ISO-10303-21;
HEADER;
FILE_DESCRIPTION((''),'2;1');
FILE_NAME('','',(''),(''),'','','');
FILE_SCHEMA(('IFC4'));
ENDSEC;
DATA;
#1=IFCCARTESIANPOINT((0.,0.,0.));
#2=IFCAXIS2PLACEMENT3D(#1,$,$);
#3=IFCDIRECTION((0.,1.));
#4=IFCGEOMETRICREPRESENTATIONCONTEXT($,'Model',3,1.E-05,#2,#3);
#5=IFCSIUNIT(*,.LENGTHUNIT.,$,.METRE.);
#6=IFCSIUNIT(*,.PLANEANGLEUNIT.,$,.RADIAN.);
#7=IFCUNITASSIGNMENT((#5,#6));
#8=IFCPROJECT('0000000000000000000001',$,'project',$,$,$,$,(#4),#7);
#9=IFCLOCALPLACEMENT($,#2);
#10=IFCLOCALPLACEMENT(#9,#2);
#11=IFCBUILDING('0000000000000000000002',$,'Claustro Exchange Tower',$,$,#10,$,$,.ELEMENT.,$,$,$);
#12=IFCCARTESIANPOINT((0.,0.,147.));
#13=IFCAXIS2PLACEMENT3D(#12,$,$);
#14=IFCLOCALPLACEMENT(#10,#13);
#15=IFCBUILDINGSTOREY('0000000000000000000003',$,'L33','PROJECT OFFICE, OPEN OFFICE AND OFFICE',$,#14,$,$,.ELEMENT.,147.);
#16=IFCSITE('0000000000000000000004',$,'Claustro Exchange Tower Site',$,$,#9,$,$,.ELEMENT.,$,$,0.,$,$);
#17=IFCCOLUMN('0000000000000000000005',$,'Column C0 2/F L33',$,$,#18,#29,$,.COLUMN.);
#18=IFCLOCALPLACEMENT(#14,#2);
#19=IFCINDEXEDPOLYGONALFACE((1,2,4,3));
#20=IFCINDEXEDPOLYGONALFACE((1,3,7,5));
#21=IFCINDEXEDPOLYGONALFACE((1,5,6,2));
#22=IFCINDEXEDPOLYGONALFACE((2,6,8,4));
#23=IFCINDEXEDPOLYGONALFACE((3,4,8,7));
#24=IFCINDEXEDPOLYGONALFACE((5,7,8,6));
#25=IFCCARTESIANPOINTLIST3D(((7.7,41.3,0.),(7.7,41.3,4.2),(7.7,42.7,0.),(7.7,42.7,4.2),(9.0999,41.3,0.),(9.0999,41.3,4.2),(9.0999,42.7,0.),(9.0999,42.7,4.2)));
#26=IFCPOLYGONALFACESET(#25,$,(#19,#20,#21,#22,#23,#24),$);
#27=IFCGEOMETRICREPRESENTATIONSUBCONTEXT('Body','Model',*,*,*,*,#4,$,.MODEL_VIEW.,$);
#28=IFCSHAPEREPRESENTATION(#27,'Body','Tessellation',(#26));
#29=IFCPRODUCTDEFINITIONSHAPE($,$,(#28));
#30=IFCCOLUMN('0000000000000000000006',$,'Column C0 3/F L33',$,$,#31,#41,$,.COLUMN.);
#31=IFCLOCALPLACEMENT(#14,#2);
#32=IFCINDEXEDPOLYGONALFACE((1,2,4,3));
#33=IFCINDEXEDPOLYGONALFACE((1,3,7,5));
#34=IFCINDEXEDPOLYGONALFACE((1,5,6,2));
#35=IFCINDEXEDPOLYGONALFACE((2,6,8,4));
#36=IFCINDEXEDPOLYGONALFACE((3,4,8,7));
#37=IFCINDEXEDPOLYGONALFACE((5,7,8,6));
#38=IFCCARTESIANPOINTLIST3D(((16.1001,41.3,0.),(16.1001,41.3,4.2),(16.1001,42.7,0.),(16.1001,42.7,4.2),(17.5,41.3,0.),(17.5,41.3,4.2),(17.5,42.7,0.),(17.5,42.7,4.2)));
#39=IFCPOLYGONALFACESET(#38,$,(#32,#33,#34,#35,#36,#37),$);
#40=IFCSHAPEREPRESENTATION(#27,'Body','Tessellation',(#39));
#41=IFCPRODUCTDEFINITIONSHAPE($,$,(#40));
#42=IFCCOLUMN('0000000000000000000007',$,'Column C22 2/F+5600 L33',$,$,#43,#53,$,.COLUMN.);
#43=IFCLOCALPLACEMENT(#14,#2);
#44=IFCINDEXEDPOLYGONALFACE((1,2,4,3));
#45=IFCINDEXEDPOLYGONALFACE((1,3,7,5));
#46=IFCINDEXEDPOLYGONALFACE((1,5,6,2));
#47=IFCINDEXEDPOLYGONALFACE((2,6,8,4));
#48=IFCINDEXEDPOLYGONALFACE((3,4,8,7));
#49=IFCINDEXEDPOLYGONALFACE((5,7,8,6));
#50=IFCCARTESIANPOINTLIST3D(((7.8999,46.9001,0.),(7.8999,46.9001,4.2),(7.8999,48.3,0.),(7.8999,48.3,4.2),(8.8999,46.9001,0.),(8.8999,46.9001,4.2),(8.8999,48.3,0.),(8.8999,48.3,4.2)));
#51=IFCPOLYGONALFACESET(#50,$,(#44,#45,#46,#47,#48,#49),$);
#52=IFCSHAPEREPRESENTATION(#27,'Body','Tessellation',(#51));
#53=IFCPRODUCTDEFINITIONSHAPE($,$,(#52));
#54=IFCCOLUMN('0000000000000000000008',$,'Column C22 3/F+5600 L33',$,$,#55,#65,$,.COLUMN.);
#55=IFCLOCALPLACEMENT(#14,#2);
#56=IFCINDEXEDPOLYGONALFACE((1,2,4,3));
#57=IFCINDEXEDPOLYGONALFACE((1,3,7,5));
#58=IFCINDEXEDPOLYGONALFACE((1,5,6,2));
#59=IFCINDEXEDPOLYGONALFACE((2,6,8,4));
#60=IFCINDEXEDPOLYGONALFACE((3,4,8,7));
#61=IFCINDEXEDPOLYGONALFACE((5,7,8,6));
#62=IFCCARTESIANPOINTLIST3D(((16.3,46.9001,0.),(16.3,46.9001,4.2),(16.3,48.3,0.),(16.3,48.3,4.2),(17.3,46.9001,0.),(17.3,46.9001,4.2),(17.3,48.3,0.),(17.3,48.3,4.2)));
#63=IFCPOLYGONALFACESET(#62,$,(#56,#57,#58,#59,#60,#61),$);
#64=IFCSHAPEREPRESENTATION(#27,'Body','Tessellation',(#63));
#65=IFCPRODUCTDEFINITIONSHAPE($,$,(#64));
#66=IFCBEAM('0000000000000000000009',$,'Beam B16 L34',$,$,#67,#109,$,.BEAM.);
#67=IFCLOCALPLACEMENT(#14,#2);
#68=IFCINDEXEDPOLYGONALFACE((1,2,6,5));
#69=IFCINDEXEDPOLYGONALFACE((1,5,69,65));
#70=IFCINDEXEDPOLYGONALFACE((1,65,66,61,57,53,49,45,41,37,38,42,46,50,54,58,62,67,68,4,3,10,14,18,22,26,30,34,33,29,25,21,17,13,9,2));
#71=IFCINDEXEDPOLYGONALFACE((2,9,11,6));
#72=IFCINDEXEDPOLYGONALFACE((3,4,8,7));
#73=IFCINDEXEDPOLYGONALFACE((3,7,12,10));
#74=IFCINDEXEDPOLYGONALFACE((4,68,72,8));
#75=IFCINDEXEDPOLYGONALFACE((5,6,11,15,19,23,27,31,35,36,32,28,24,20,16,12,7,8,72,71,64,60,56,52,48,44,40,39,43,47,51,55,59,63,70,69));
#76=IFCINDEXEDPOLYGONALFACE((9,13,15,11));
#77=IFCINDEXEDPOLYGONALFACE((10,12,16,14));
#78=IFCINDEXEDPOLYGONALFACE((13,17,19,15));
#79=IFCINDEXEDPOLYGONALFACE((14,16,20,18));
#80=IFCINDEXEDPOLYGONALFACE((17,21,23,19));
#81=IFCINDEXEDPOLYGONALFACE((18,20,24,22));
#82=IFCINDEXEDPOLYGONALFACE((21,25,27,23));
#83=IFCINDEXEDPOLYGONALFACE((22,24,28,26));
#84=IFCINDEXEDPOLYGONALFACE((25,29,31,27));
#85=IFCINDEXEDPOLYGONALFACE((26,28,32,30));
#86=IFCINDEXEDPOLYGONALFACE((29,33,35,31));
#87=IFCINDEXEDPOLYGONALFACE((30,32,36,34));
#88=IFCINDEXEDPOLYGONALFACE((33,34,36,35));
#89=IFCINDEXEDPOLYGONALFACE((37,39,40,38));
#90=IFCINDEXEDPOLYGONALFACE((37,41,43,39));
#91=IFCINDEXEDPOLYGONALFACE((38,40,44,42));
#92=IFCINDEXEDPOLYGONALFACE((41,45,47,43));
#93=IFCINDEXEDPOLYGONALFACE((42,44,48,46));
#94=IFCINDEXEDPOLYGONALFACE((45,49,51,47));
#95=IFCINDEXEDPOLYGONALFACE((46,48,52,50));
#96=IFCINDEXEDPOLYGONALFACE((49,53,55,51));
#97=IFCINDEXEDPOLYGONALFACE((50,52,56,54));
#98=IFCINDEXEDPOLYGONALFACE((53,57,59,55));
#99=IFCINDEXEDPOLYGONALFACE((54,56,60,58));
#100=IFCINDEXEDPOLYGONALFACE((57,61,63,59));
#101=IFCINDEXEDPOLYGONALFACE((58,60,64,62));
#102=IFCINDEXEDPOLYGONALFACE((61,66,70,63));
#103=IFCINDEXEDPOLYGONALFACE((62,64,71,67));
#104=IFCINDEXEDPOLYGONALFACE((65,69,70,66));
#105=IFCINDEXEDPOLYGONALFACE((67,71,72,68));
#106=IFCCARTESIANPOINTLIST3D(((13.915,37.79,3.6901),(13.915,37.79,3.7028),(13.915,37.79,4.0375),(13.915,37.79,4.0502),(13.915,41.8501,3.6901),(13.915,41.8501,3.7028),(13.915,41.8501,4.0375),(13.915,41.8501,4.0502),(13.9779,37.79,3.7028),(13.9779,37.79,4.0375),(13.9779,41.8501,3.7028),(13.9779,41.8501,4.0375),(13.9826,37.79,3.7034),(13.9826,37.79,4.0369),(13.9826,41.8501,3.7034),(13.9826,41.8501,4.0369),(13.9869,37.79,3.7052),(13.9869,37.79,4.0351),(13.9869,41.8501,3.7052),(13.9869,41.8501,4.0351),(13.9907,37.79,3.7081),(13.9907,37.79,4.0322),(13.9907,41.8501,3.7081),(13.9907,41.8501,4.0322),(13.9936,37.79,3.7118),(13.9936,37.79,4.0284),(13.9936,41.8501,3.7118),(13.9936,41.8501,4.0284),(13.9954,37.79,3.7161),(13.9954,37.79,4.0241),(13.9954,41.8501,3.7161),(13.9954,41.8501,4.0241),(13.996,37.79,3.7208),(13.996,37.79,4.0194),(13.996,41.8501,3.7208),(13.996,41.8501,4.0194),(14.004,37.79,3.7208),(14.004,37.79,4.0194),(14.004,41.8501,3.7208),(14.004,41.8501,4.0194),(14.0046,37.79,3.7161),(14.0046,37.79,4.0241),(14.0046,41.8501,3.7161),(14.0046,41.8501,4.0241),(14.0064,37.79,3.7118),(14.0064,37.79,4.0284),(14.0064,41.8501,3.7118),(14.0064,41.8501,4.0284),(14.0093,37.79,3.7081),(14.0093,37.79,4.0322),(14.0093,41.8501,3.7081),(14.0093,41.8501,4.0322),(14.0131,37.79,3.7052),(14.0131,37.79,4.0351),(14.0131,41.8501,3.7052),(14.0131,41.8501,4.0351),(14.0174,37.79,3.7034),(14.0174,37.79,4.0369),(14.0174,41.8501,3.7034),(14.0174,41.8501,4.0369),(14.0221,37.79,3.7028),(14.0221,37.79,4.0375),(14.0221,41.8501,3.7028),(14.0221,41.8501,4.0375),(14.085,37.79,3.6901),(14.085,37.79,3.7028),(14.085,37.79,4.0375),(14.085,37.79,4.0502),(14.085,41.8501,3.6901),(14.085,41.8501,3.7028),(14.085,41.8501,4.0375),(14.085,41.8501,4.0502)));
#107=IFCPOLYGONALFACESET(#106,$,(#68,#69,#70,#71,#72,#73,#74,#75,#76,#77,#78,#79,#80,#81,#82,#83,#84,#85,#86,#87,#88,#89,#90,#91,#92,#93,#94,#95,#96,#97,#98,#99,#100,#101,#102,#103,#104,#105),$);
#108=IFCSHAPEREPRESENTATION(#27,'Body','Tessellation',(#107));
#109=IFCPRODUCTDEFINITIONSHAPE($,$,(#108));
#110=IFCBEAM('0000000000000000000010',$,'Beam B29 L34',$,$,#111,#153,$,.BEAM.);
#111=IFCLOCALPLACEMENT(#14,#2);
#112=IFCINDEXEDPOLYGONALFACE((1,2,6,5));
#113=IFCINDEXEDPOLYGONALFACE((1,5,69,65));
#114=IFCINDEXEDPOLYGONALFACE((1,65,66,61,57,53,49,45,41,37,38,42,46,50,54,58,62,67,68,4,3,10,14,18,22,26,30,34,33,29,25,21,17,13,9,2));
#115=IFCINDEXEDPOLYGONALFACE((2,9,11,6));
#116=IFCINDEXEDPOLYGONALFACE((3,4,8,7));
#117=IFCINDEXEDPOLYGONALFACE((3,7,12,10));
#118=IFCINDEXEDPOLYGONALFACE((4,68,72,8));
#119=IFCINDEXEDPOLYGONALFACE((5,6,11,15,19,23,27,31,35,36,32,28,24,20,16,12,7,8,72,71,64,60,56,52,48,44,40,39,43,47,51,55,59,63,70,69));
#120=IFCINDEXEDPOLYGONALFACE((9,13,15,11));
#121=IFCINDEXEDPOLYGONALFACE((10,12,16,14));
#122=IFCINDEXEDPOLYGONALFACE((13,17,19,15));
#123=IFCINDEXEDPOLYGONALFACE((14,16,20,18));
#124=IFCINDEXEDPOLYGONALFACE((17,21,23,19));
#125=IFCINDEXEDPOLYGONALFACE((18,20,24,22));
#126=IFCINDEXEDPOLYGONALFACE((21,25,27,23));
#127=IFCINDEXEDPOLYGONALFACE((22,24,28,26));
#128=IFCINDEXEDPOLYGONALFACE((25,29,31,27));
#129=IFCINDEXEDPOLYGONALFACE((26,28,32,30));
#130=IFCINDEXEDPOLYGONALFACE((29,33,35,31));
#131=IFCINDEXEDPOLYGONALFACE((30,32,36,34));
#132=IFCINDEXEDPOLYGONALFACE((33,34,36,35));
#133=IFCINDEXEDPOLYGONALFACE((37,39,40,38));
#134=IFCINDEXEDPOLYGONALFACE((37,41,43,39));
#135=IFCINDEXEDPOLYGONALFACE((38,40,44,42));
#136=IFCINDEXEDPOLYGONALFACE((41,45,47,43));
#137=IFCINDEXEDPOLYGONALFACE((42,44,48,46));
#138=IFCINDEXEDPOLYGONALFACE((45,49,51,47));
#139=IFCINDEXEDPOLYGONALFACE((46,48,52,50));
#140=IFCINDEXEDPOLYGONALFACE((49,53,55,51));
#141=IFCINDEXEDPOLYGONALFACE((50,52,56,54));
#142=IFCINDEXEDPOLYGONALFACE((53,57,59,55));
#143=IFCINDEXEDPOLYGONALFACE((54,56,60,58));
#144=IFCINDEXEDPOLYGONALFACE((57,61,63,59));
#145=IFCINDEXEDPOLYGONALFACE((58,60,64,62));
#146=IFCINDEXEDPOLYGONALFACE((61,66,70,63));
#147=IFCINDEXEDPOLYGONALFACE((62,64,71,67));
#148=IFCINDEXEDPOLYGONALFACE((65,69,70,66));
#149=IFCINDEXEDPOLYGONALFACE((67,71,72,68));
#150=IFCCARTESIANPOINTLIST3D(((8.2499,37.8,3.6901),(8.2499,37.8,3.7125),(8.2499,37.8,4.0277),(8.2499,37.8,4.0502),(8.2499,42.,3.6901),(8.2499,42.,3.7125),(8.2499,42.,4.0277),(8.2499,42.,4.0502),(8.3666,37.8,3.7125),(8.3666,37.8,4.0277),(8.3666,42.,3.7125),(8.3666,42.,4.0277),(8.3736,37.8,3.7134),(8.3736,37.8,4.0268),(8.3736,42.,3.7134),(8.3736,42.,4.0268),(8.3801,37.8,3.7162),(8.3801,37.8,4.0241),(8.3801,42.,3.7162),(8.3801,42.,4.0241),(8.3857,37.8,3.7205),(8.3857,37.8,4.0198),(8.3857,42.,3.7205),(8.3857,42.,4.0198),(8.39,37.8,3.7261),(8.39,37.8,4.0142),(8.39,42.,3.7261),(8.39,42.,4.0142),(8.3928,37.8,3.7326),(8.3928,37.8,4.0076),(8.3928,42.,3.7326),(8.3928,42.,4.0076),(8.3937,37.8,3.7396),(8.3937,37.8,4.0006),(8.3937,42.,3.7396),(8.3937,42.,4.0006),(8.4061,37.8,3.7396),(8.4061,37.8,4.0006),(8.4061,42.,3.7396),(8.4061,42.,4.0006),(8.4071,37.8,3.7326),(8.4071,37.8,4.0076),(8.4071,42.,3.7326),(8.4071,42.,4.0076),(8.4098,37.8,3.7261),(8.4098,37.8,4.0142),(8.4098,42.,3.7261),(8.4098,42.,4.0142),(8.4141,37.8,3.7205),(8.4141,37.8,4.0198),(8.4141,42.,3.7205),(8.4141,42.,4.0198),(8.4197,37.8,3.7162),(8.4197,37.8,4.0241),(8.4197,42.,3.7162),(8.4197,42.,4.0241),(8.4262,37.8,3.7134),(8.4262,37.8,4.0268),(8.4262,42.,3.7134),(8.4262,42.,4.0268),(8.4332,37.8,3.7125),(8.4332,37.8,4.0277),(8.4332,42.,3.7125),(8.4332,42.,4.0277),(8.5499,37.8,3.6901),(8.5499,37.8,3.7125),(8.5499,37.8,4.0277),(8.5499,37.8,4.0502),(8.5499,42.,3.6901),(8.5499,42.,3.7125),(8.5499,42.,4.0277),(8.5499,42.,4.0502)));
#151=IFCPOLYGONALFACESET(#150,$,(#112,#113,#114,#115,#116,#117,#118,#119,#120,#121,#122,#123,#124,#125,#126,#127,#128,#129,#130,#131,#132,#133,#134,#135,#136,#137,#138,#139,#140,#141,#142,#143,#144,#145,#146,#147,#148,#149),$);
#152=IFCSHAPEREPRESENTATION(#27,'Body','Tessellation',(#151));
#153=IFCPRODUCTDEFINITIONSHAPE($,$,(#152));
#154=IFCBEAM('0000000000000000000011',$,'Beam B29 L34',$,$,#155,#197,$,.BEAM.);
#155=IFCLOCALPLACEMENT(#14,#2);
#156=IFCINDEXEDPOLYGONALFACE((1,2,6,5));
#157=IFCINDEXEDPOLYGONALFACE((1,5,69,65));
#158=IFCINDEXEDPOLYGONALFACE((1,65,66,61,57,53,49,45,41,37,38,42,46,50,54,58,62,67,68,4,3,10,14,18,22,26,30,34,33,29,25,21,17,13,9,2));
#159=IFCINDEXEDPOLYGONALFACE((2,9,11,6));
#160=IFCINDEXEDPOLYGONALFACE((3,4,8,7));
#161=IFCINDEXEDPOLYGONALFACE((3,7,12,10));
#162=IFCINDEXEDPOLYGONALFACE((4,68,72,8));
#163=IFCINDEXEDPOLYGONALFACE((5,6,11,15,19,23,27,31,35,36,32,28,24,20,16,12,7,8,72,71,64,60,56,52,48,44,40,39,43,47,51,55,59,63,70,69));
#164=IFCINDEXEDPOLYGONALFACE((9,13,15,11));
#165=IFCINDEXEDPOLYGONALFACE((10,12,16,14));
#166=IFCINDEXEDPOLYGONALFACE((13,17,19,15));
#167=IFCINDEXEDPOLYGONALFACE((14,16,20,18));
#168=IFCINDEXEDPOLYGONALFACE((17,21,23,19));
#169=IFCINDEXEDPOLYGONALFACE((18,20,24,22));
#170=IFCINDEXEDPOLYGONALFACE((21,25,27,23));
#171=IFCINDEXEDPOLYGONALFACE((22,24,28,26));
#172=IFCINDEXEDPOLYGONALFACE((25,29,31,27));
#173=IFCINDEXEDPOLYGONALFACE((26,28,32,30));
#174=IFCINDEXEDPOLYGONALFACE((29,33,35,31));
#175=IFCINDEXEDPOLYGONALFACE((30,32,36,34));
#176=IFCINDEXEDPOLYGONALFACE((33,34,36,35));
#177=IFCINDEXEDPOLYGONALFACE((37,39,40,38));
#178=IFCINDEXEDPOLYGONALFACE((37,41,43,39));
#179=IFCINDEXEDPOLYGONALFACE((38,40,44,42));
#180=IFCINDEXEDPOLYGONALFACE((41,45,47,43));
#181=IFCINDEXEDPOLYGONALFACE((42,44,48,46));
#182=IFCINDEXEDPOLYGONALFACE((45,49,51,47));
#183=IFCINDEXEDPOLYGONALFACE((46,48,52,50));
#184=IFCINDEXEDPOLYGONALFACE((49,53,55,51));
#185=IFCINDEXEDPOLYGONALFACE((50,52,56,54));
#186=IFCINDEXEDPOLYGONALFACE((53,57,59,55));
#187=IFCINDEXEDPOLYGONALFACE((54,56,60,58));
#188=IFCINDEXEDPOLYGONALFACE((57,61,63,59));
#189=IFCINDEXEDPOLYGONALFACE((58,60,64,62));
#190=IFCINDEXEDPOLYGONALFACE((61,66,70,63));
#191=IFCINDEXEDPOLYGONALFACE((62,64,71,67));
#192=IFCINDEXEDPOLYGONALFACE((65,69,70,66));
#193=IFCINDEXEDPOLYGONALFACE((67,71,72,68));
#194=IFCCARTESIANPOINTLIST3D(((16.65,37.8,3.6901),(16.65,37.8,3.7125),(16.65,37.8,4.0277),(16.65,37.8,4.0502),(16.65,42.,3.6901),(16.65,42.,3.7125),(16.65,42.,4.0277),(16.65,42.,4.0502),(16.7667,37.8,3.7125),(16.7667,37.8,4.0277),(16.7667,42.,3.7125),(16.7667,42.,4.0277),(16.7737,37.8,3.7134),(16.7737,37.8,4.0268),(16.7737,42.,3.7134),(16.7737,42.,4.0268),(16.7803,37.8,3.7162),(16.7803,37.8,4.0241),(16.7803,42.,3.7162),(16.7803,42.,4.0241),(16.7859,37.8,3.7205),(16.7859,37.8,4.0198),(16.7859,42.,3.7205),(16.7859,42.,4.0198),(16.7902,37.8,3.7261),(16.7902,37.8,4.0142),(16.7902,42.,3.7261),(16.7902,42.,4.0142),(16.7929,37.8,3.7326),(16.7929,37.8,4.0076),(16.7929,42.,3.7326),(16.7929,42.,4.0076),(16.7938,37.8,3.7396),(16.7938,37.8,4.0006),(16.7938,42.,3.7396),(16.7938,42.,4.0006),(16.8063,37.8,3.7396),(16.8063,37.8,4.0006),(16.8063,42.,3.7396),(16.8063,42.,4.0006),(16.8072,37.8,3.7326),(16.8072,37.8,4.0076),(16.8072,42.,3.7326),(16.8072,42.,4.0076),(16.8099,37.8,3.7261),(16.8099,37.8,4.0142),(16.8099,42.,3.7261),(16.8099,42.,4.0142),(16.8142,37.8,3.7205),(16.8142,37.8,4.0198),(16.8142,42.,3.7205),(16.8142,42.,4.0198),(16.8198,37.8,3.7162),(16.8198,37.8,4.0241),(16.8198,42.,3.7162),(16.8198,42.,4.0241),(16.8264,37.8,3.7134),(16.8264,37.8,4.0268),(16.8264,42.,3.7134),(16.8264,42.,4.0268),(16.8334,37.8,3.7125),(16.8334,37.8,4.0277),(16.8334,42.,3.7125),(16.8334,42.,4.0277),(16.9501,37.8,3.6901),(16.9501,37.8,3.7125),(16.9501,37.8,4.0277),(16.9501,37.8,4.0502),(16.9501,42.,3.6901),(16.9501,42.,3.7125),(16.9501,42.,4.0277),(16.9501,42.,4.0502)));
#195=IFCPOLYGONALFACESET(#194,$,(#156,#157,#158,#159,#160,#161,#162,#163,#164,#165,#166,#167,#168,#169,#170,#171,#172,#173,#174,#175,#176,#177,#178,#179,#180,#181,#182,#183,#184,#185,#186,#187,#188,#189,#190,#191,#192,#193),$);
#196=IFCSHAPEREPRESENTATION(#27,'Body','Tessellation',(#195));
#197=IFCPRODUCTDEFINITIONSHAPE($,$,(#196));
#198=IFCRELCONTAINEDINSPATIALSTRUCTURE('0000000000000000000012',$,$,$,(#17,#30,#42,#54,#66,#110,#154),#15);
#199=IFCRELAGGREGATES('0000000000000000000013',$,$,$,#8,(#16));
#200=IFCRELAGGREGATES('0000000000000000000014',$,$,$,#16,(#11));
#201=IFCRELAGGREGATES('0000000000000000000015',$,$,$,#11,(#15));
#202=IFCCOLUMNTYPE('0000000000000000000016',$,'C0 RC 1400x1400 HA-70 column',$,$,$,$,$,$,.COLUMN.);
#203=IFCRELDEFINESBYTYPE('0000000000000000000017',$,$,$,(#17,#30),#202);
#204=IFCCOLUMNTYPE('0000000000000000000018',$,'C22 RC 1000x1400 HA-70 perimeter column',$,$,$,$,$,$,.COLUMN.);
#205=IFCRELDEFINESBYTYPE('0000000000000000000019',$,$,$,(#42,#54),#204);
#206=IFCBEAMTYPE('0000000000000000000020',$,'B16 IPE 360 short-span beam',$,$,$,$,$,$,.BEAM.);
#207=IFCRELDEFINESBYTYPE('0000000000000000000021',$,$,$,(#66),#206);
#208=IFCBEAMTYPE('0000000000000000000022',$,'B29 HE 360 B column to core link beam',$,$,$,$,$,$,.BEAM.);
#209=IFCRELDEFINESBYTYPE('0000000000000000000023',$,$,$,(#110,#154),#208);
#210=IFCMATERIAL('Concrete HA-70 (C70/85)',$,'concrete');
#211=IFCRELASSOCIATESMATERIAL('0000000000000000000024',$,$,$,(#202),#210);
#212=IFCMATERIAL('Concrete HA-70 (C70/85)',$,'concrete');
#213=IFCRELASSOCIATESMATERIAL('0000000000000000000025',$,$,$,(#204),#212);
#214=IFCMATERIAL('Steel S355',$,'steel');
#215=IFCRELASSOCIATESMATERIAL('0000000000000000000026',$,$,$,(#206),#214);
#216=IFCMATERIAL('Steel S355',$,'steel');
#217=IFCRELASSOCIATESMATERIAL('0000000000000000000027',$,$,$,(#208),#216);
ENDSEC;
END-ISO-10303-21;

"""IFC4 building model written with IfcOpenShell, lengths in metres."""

from ifc_helpers import new_model, si_unit, direction, frame, origin, origin_2d, place, context, subcontext, project, spatial, rectangle, i_section, extrude, material, material_profile, profile_set, type_object, element, save


model = new_model("IFC4")

# Units and contexts
model_context = context("Model", 3, precision=1e-05, world=origin(), true_north=direction((0.0, 1.0)))
body_context = subcontext(model_context, "Body", "Model", "MODEL_VIEW")
ifc_project = project(units=[si_unit("LENGTHUNIT", "METRE"), si_unit("PLANEANGLEUNIT", "RADIAN")], contexts=[model_context])

# Site, building, storey
site_placement = place(None, origin())
site = spatial("IfcSite", under=ifc_project, at=site_placement, Name="Claustro Exchange Tower Site", CompositionType="ELEMENT", RefElevation=0.0)
building_placement = place(site_placement, origin())
building = spatial("IfcBuilding", under=site, at=building_placement, Name="Claustro Exchange Tower", CompositionType="ELEMENT")
storey_placement = place(building_placement, frame((0.0, 0.0, 147.0)))
storey = spatial("IfcBuildingStorey", under=building, at=storey_placement, Name="L33", Description="PROJECT OFFICE, OPEN OFFICE AND OFFICE", CompositionType="ELEMENT", Elevation=147.0)

# Columns
ifc_material_1 = material(Name="Concrete HA-70 (C70/85)", Category="concrete")
ifc_material_profile_1 = material_profile(ifc_material_1, rectangle(XDim=1.3999, YDim=1.3999, at=origin_2d()), Name="RC 1400x1400")
ifc_profile_set_1 = profile_set([ifc_material_profile_1], Name="Concrete HA-70 (C70/85)")
column_type_1 = type_object("IfcColumnType", Name="C0 RC 1400x1400 HA-70 column", PredefinedType="COLUMN", material=ifc_profile_set_1)
for number, where, z_axis, x_axis, name in (
    (1, (8.3999, 42.0, 0.0), (0.0, 0.0, 1.0), (1.0, 0.0, 0.0), "Column C0 2/F L33"),
    (2, (16.8, 42.0, 0.0), (0.0, 0.0, 1.0), (1.0, 0.0, 0.0), "Column C0 3/F L33"),
):
    element("IfcColumn", number, at=place(storey_placement, frame(where, z_axis=z_axis, x_axis=x_axis)), inside=storey, type_object=column_type_1, Name=name, PredefinedType="COLUMN", context=body_context, shape_type="SweptSolid", body=[
        extrude(rectangle(XDim=1.3999, YDim=1.3999, at=origin_2d()), origin(), (0.0, 0.0, 1.0), 4.2),
    ])
ifc_material_2 = material(Name="Concrete HA-70 (C70/85)", Category="concrete")
ifc_material_profile_2 = material_profile(ifc_material_2, rectangle(XDim=1.0, YDim=1.3999, at=origin_2d()), Name="RC 1000x1400")
ifc_profile_set_2 = profile_set([ifc_material_profile_2], Name="Concrete HA-70 (C70/85)")
column_type_2 = type_object("IfcColumnType", Name="C22 RC 1000x1400 HA-70 perimeter column", PredefinedType="COLUMN", material=ifc_profile_set_2)
for number, where, z_axis, x_axis, name in (
    (3, (8.3999, 47.6001, 0.0), (0.0, 0.0, 1.0), (1.0, 0.0, 0.0), "Column C22 2/F+5600 L33"),
    (4, (16.8, 47.6001, 0.0), (0.0, 0.0, 1.0), (1.0, 0.0, 0.0), "Column C22 3/F+5600 L33"),
):
    element("IfcColumn", number, at=place(storey_placement, frame(where, z_axis=z_axis, x_axis=x_axis)), inside=storey, type_object=column_type_2, Name=name, PredefinedType="COLUMN", context=body_context, shape_type="SweptSolid", body=[
        extrude(rectangle(XDim=1.0, YDim=1.3999, at=origin_2d()), origin(), (0.0, 0.0, 1.0), 4.2),
    ])

# Beams
ifc_material_3 = material(Name="Steel S355", Category="steel")
ifc_material_profile_3 = material_profile(ifc_material_3, i_section(OverallWidth=0.1699, OverallDepth=0.3601, WebThickness=0.0081, FlangeThickness=0.0127, FilletRadius=0.0181, at=origin_2d()), Name="IPE 360")
ifc_profile_set_3 = profile_set([ifc_material_profile_3], Name="Steel S355")
beam_type_1 = type_object("IfcBeamType", Name="B16 IPE 360 short-span beam", PredefinedType="BEAM", material=ifc_profile_set_3)
beam_1_placement = place(storey_placement, frame((14.0, 37.79, 3.8701), z_axis=(0.0, 1.0, 0.0), x_axis=(-1.0, 0.0, 0.0)))
element("IfcBeam", 5, at=beam_1_placement, inside=storey, type_object=beam_type_1, Name="Beam B16 L34", PredefinedType="BEAM", context=body_context, shape_type="SweptSolid", body=[
    extrude(i_section(OverallWidth=0.1699, OverallDepth=0.3601, WebThickness=0.0081, FlangeThickness=0.0127, FilletRadius=0.0181, at=origin_2d()), origin(), (0.0, 0.0, 1.0), 4.0601),
])
ifc_material_4 = material(Name="Steel S355", Category="steel")
ifc_material_profile_4 = material_profile(ifc_material_4, i_section(OverallWidth=0.3, OverallDepth=0.3601, WebThickness=0.0125, FlangeThickness=0.0225, FilletRadius=0.0271, at=origin_2d()), Name="HE 360 B")
ifc_profile_set_4 = profile_set([ifc_material_profile_4], Name="Steel S355")
beam_type_2 = type_object("IfcBeamType", Name="B29 HE 360 B column to core link beam", PredefinedType="BEAM", material=ifc_profile_set_4)
for number, where, z_axis, x_axis, name in (
    (6, (8.3999, 37.8, 3.8701), (0.0, 1.0, 0.0), (-1.0, 0.0, 0.0), "Beam B29 L34"),
    (7, (16.8, 37.8, 3.8701), (0.0, 1.0, 0.0), (-1.0, 0.0, 0.0), "Beam B29 L34"),
):
    element("IfcBeam", number, at=place(storey_placement, frame(where, z_axis=z_axis, x_axis=x_axis)), inside=storey, type_object=beam_type_2, Name=name, PredefinedType="BEAM", context=body_context, shape_type="SweptSolid", body=[
        extrude(i_section(OverallWidth=0.3, OverallDepth=0.3601, WebThickness=0.0125, FlangeThickness=0.0225, FilletRadius=0.0271, at=origin_2d()), origin(), (0.0, 0.0, 1.0), 4.2),
    ])

save(model, "model.ifc")
